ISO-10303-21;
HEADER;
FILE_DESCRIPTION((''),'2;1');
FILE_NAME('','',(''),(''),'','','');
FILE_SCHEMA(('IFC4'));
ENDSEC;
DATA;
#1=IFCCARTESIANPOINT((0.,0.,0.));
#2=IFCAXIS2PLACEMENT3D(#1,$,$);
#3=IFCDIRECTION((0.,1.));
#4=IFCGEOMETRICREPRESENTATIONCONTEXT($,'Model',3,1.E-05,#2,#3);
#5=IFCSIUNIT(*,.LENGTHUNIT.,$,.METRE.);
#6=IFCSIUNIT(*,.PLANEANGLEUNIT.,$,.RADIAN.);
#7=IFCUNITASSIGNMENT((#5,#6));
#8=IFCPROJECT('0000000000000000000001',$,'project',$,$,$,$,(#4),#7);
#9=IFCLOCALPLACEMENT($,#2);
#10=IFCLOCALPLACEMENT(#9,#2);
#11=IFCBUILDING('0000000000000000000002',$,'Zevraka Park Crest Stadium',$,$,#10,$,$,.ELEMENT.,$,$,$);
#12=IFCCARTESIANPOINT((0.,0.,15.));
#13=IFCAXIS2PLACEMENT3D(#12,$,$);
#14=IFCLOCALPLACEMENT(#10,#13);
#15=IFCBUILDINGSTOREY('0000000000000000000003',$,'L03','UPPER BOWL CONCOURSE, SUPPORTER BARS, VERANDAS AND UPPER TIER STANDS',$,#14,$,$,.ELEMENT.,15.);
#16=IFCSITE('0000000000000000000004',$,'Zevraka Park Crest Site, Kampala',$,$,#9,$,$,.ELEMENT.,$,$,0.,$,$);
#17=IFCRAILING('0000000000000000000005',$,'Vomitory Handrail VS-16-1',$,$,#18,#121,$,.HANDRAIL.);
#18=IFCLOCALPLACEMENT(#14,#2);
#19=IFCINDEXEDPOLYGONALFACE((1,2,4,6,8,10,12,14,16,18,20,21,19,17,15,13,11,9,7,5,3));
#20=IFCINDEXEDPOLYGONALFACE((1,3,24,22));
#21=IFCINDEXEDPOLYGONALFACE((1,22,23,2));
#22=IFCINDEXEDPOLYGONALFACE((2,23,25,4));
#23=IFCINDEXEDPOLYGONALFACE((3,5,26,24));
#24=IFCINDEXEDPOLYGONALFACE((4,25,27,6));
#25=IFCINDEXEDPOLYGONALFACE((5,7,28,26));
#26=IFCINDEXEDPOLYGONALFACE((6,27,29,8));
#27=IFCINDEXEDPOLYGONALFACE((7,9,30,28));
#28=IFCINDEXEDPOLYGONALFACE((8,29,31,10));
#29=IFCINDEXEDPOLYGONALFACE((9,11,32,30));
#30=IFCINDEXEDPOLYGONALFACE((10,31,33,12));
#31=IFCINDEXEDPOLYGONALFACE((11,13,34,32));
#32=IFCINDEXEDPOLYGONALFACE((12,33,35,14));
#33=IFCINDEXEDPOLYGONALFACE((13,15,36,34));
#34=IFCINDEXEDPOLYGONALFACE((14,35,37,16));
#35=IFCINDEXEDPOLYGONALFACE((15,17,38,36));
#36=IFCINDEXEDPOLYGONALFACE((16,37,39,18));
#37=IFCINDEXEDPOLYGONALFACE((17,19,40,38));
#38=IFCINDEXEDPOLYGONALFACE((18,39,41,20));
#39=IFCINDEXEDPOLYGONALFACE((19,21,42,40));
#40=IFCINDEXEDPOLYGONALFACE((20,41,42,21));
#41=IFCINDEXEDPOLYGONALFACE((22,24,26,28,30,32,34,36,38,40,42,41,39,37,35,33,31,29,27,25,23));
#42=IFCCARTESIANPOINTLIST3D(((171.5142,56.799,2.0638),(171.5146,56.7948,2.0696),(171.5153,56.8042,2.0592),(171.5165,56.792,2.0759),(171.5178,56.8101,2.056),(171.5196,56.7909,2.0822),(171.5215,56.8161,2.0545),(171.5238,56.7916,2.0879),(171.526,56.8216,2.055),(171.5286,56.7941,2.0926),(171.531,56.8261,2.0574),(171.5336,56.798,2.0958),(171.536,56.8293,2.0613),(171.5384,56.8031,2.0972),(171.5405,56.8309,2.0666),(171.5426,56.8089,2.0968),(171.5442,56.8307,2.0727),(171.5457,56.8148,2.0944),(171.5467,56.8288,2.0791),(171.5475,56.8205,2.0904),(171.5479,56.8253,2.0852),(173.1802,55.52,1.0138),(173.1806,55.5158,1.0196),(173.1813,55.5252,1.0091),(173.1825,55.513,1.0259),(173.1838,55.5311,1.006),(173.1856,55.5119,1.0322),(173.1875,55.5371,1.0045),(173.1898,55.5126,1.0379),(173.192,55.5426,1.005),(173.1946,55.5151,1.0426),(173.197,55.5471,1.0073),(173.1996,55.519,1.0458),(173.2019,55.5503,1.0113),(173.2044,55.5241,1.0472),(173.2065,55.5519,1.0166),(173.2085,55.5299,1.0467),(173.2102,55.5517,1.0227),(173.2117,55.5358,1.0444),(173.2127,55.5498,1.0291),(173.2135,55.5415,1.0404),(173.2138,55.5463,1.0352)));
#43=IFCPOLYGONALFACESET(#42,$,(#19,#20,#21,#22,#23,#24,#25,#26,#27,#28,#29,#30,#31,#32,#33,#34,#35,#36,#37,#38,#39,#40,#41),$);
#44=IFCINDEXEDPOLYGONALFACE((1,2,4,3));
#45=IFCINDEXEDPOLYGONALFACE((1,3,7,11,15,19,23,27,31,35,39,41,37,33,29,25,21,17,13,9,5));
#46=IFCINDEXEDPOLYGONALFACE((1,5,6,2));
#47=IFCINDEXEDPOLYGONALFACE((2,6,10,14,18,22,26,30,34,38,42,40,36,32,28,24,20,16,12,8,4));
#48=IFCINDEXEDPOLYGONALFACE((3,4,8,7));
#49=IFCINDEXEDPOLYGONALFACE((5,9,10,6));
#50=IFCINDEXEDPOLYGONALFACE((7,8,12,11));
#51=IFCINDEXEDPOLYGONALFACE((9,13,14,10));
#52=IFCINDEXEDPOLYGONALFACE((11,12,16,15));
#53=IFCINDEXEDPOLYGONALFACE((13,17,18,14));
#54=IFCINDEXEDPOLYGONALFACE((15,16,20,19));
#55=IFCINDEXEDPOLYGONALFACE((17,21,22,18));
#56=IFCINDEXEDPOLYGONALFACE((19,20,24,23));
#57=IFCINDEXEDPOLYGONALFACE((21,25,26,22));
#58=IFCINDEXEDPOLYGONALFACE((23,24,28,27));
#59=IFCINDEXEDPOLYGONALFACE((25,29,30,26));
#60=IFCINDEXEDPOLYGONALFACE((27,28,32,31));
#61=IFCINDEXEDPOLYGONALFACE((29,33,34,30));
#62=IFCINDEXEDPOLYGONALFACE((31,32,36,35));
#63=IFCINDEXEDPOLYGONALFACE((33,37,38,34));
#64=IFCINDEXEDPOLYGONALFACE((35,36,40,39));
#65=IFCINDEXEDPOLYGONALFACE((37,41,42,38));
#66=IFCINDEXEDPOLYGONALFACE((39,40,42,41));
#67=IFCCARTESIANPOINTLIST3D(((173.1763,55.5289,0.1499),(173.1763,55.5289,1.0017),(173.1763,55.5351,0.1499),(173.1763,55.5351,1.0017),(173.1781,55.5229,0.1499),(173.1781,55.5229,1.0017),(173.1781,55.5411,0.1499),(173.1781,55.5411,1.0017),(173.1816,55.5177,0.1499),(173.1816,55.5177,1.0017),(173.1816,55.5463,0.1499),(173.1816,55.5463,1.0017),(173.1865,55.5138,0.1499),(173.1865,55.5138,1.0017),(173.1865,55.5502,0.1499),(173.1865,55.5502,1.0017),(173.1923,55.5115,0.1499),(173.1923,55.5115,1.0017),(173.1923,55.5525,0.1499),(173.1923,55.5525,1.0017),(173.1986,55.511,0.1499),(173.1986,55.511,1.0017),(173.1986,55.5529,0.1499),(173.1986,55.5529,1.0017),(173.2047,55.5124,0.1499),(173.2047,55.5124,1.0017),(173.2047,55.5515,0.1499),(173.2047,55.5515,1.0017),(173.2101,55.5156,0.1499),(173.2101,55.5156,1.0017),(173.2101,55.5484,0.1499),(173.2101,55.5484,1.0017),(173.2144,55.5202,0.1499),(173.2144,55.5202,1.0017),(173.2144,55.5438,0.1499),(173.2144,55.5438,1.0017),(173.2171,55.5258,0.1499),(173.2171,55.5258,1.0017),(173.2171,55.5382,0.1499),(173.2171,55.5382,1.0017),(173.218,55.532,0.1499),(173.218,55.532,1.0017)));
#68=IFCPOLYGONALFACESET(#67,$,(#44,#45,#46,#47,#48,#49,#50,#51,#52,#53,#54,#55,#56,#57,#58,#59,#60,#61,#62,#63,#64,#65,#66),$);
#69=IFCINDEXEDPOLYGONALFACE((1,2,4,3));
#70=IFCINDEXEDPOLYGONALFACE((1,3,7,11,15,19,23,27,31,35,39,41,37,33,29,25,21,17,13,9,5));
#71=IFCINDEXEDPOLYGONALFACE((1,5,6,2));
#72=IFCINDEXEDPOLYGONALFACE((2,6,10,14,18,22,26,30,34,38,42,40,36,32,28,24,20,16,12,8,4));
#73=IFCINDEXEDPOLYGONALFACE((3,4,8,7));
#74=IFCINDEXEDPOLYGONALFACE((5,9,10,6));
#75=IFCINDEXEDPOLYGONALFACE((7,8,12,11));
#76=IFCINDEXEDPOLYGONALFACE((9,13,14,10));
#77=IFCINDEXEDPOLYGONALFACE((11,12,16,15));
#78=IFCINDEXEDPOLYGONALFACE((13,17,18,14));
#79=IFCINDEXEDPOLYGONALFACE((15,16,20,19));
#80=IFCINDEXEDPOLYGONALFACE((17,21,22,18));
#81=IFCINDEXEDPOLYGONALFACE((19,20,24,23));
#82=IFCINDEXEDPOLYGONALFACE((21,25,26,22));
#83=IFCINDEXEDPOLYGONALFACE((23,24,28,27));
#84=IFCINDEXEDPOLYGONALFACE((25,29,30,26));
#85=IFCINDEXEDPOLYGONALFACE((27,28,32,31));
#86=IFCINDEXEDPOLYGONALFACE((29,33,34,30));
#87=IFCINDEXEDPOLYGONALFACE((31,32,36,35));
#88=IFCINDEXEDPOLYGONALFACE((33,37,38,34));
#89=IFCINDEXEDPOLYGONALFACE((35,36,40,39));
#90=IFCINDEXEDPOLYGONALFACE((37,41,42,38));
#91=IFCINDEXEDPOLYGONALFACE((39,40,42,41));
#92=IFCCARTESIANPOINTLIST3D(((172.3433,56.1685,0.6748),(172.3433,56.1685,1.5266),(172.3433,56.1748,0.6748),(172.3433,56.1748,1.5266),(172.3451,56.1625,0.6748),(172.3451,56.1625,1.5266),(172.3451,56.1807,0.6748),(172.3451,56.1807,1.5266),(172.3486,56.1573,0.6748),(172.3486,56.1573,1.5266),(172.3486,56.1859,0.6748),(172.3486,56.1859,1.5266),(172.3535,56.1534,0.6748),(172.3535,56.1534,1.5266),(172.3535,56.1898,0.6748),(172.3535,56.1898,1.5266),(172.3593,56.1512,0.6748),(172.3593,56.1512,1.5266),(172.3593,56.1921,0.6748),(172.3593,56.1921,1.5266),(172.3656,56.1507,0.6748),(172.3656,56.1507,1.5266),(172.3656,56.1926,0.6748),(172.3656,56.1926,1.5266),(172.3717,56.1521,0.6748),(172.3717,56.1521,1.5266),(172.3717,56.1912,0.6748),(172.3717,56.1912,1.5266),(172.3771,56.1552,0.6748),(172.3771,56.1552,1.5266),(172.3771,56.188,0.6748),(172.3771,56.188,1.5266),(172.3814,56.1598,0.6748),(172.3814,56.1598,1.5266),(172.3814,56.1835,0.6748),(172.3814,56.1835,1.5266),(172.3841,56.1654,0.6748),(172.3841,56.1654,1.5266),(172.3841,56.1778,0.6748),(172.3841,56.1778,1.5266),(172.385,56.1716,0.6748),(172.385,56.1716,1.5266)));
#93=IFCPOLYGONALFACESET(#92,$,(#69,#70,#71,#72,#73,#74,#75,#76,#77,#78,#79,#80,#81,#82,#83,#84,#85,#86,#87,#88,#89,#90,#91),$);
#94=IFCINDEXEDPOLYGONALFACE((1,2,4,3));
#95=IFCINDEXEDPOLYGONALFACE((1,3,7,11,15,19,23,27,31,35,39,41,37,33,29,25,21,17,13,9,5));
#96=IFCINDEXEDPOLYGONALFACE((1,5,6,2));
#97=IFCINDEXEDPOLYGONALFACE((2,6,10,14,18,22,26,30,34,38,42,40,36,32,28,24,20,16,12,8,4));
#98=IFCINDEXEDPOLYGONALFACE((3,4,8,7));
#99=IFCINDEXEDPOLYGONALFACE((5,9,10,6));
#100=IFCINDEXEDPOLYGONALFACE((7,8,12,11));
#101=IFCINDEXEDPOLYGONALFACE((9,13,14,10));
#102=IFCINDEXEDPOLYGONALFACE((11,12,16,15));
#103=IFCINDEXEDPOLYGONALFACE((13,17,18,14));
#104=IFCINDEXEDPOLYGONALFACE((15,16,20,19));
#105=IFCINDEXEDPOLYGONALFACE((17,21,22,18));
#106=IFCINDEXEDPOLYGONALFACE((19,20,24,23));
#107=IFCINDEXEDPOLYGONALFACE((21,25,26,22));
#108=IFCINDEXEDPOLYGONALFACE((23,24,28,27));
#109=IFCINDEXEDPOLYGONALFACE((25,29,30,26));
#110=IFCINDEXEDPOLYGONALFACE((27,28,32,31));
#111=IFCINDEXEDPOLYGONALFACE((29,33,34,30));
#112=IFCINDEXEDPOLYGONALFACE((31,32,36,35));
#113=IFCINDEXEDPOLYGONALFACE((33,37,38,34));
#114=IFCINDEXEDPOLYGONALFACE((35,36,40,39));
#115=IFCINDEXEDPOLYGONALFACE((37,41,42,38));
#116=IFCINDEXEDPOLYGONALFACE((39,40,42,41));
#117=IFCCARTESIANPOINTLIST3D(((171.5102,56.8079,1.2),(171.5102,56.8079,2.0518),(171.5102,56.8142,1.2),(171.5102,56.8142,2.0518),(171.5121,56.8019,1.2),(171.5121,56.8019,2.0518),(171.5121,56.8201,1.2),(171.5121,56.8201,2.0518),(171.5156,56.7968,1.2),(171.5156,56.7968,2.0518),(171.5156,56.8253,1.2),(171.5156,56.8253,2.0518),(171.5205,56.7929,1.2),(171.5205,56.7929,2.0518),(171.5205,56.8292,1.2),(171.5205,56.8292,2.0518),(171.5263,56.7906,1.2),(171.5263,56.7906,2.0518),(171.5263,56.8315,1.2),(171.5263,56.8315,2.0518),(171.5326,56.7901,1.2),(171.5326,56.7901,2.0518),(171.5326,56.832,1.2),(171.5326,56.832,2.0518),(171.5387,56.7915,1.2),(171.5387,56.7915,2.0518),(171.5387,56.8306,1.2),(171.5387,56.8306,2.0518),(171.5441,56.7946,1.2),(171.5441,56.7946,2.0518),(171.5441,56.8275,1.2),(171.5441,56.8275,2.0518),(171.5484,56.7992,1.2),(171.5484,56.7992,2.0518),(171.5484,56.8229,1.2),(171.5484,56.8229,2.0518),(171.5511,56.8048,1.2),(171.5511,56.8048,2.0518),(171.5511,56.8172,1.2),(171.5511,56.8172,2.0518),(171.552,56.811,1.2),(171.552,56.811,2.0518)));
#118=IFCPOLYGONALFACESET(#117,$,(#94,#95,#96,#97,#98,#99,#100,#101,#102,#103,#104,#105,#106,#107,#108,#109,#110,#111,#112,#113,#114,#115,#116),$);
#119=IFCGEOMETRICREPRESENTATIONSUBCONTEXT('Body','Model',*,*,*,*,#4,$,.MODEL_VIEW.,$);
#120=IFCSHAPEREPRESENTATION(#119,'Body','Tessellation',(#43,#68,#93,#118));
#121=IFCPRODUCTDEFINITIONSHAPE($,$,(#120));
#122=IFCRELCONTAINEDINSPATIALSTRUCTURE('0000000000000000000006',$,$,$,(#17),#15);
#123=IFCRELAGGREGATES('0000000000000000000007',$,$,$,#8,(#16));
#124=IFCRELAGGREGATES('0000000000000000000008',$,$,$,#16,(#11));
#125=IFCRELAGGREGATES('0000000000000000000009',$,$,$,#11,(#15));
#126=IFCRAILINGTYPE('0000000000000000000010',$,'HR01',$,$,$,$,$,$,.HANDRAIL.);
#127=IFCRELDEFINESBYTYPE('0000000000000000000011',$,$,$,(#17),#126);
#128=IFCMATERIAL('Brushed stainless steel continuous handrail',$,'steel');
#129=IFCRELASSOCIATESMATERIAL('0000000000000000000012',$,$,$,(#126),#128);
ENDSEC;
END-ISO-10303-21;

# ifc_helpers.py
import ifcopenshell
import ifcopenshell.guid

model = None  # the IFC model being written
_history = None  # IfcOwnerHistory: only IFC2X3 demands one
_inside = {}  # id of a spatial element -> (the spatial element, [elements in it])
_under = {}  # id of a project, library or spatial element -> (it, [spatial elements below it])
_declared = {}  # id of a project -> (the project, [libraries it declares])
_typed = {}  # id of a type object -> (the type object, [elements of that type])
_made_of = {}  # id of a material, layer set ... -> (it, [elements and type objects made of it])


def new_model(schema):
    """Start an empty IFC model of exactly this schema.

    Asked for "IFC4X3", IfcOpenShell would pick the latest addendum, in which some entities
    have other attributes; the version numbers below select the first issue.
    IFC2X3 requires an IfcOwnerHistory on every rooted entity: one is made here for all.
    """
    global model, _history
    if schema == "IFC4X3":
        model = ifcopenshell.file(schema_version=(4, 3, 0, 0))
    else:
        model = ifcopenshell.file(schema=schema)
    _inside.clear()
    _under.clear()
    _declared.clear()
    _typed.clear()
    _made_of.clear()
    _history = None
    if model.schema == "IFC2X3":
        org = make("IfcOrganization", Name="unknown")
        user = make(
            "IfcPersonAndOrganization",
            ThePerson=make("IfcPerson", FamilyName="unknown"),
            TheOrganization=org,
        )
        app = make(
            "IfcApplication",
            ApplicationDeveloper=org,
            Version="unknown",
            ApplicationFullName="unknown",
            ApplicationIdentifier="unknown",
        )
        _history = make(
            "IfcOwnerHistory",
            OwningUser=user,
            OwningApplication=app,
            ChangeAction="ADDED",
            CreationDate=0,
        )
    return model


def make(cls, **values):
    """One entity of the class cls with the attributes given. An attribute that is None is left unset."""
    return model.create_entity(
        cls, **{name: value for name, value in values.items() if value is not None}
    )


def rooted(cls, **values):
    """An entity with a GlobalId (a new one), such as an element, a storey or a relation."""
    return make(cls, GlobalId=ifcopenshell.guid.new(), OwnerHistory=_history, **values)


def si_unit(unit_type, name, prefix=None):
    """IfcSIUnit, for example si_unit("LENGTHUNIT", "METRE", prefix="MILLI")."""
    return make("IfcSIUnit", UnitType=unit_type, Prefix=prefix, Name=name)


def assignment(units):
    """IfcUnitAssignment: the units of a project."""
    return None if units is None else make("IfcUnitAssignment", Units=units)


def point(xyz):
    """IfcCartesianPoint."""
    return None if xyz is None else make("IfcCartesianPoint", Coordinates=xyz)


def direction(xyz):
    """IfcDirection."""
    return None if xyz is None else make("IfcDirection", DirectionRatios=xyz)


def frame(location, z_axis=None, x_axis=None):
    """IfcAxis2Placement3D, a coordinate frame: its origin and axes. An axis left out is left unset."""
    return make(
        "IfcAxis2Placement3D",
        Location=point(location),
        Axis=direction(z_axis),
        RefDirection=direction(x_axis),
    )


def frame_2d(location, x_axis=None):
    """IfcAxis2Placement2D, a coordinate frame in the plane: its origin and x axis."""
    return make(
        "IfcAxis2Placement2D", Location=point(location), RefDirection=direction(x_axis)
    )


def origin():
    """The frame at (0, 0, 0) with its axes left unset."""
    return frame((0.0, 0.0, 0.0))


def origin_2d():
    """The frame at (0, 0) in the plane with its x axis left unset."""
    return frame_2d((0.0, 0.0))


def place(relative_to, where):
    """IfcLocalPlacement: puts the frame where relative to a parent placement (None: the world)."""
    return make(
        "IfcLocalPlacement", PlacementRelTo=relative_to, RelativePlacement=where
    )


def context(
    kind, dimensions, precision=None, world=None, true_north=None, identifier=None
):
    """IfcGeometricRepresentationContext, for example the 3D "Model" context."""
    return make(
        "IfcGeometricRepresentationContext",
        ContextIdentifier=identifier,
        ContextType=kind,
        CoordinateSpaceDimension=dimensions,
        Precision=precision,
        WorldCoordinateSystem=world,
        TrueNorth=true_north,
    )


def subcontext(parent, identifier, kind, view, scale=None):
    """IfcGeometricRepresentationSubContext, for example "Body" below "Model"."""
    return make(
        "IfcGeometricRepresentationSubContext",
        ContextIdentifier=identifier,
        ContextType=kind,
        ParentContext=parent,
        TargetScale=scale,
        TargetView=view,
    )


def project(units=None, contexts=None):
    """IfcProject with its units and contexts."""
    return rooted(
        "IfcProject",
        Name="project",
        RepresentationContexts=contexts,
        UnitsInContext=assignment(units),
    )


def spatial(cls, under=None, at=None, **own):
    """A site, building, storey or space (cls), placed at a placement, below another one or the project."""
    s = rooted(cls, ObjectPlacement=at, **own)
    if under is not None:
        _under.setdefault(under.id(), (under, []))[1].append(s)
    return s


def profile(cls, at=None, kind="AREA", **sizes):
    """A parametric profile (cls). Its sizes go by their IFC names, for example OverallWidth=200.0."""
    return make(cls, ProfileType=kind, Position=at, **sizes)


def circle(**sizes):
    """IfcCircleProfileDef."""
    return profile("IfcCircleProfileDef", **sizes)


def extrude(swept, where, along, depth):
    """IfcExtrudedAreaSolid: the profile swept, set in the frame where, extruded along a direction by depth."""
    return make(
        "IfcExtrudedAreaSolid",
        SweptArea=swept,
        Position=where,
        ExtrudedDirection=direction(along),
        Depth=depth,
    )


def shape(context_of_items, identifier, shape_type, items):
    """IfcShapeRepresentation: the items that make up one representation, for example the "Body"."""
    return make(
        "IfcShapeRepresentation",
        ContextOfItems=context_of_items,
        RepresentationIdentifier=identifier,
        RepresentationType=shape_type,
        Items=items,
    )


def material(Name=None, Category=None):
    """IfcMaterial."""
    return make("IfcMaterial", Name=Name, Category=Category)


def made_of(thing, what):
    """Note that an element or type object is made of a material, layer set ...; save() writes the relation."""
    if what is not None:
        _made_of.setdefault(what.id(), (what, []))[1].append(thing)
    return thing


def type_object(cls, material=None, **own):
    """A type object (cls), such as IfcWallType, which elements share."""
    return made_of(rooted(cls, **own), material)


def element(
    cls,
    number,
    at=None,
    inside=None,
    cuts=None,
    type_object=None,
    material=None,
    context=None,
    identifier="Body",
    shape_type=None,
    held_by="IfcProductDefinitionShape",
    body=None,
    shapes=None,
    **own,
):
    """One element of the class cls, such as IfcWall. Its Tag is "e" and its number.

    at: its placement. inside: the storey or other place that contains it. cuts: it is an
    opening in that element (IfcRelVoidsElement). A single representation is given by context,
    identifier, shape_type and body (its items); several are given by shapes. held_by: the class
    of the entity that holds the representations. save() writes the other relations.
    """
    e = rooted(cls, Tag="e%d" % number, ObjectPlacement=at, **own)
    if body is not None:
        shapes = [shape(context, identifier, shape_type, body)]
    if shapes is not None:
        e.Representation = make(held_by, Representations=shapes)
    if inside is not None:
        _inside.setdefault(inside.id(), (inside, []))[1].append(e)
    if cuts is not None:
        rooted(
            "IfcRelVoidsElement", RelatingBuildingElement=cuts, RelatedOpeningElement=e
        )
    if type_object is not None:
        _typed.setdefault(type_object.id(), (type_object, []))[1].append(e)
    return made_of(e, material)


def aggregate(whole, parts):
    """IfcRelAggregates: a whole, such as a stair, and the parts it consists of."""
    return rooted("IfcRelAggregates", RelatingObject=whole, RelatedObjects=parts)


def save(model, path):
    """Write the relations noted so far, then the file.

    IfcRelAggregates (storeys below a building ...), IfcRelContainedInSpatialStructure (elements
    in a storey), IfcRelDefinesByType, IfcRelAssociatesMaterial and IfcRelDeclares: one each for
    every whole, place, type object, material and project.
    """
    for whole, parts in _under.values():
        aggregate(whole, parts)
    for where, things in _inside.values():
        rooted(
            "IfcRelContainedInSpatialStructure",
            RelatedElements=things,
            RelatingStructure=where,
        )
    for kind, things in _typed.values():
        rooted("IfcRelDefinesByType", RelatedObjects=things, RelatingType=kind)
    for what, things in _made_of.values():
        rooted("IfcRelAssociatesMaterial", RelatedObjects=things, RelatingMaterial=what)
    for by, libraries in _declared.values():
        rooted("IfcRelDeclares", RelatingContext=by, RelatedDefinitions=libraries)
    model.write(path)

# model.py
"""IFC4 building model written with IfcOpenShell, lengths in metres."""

from ifc_helpers import new_model, si_unit, direction, frame, origin, origin_2d, place, context, subcontext, project, spatial, circle, extrude, material, type_object, element, save


model = new_model("IFC4")

# Units and contexts
model_context = context("Model", 3, precision=1e-05, world=origin(), true_north=direction((0.0, 1.0)))
body_context = subcontext(model_context, "Body", "Model", "MODEL_VIEW")
ifc_project = project(units=[si_unit("LENGTHUNIT", "METRE"), si_unit("PLANEANGLEUNIT", "RADIAN")], contexts=[model_context])

# Site, building, storey
site_placement = place(None, origin())
site = spatial("IfcSite", under=ifc_project, at=site_placement, Name="Zevraka Park Crest Site, Kampala", CompositionType="ELEMENT", RefElevation=0.0)
building_placement = place(site_placement, origin())
building = spatial("IfcBuilding", under=site, at=building_placement, Name="Zevraka Park Crest Stadium", CompositionType="ELEMENT")
storey_placement = place(building_placement, frame((0.0, 0.0, 15.0)))
storey = spatial("IfcBuildingStorey", under=building, at=storey_placement, Name="L03", Description="UPPER BOWL CONCOURSE, SUPPORTER BARS, VERANDAS AND UPPER TIER STANDS", CompositionType="ELEMENT", Elevation=15.0)

# Railing
ifc_material_1 = material(Name="Brushed stainless steel continuous handrail", Category="steel")
railing_type_1 = type_object("IfcRailingType", Name="HR01", PredefinedType="HANDRAIL", material=ifc_material_1)
railing_1_placement = place(storey_placement, frame((173.197, 55.532, 0.1499)))
element("IfcRailing", 1, at=railing_1_placement, inside=storey, type_object=railing_type_1, Name="Vomitory Handrail VS-16-1", PredefinedType="HANDRAIL", context=body_context, shape_type="SweptSolid", body=[
    extrude(circle(Radius=0.0239, at=origin_2d()), frame((0.0, 0.0, 0.876), z_axis=(-0.709477, 0.544688, 0.447166), x_axis=(-0.608963, -0.793198, 0.0)), (0.0, 0.0, 1.0), 2.3481),
    extrude(circle(Radius=0.021, at=origin_2d()), origin(), (0.0, 0.0, 1.0), 0.8518),
    extrude(circle(Radius=0.021, at=origin_2d()), frame((-0.833, 0.6396, 0.5249)), (0.0, 0.0, 1.0), 0.8518),
    extrude(circle(Radius=0.021, at=origin_2d()), frame((-1.666, 1.2791, 1.05)), (0.0, 0.0, 1.0), 0.8518),
])

save(model, "model.ifc")
